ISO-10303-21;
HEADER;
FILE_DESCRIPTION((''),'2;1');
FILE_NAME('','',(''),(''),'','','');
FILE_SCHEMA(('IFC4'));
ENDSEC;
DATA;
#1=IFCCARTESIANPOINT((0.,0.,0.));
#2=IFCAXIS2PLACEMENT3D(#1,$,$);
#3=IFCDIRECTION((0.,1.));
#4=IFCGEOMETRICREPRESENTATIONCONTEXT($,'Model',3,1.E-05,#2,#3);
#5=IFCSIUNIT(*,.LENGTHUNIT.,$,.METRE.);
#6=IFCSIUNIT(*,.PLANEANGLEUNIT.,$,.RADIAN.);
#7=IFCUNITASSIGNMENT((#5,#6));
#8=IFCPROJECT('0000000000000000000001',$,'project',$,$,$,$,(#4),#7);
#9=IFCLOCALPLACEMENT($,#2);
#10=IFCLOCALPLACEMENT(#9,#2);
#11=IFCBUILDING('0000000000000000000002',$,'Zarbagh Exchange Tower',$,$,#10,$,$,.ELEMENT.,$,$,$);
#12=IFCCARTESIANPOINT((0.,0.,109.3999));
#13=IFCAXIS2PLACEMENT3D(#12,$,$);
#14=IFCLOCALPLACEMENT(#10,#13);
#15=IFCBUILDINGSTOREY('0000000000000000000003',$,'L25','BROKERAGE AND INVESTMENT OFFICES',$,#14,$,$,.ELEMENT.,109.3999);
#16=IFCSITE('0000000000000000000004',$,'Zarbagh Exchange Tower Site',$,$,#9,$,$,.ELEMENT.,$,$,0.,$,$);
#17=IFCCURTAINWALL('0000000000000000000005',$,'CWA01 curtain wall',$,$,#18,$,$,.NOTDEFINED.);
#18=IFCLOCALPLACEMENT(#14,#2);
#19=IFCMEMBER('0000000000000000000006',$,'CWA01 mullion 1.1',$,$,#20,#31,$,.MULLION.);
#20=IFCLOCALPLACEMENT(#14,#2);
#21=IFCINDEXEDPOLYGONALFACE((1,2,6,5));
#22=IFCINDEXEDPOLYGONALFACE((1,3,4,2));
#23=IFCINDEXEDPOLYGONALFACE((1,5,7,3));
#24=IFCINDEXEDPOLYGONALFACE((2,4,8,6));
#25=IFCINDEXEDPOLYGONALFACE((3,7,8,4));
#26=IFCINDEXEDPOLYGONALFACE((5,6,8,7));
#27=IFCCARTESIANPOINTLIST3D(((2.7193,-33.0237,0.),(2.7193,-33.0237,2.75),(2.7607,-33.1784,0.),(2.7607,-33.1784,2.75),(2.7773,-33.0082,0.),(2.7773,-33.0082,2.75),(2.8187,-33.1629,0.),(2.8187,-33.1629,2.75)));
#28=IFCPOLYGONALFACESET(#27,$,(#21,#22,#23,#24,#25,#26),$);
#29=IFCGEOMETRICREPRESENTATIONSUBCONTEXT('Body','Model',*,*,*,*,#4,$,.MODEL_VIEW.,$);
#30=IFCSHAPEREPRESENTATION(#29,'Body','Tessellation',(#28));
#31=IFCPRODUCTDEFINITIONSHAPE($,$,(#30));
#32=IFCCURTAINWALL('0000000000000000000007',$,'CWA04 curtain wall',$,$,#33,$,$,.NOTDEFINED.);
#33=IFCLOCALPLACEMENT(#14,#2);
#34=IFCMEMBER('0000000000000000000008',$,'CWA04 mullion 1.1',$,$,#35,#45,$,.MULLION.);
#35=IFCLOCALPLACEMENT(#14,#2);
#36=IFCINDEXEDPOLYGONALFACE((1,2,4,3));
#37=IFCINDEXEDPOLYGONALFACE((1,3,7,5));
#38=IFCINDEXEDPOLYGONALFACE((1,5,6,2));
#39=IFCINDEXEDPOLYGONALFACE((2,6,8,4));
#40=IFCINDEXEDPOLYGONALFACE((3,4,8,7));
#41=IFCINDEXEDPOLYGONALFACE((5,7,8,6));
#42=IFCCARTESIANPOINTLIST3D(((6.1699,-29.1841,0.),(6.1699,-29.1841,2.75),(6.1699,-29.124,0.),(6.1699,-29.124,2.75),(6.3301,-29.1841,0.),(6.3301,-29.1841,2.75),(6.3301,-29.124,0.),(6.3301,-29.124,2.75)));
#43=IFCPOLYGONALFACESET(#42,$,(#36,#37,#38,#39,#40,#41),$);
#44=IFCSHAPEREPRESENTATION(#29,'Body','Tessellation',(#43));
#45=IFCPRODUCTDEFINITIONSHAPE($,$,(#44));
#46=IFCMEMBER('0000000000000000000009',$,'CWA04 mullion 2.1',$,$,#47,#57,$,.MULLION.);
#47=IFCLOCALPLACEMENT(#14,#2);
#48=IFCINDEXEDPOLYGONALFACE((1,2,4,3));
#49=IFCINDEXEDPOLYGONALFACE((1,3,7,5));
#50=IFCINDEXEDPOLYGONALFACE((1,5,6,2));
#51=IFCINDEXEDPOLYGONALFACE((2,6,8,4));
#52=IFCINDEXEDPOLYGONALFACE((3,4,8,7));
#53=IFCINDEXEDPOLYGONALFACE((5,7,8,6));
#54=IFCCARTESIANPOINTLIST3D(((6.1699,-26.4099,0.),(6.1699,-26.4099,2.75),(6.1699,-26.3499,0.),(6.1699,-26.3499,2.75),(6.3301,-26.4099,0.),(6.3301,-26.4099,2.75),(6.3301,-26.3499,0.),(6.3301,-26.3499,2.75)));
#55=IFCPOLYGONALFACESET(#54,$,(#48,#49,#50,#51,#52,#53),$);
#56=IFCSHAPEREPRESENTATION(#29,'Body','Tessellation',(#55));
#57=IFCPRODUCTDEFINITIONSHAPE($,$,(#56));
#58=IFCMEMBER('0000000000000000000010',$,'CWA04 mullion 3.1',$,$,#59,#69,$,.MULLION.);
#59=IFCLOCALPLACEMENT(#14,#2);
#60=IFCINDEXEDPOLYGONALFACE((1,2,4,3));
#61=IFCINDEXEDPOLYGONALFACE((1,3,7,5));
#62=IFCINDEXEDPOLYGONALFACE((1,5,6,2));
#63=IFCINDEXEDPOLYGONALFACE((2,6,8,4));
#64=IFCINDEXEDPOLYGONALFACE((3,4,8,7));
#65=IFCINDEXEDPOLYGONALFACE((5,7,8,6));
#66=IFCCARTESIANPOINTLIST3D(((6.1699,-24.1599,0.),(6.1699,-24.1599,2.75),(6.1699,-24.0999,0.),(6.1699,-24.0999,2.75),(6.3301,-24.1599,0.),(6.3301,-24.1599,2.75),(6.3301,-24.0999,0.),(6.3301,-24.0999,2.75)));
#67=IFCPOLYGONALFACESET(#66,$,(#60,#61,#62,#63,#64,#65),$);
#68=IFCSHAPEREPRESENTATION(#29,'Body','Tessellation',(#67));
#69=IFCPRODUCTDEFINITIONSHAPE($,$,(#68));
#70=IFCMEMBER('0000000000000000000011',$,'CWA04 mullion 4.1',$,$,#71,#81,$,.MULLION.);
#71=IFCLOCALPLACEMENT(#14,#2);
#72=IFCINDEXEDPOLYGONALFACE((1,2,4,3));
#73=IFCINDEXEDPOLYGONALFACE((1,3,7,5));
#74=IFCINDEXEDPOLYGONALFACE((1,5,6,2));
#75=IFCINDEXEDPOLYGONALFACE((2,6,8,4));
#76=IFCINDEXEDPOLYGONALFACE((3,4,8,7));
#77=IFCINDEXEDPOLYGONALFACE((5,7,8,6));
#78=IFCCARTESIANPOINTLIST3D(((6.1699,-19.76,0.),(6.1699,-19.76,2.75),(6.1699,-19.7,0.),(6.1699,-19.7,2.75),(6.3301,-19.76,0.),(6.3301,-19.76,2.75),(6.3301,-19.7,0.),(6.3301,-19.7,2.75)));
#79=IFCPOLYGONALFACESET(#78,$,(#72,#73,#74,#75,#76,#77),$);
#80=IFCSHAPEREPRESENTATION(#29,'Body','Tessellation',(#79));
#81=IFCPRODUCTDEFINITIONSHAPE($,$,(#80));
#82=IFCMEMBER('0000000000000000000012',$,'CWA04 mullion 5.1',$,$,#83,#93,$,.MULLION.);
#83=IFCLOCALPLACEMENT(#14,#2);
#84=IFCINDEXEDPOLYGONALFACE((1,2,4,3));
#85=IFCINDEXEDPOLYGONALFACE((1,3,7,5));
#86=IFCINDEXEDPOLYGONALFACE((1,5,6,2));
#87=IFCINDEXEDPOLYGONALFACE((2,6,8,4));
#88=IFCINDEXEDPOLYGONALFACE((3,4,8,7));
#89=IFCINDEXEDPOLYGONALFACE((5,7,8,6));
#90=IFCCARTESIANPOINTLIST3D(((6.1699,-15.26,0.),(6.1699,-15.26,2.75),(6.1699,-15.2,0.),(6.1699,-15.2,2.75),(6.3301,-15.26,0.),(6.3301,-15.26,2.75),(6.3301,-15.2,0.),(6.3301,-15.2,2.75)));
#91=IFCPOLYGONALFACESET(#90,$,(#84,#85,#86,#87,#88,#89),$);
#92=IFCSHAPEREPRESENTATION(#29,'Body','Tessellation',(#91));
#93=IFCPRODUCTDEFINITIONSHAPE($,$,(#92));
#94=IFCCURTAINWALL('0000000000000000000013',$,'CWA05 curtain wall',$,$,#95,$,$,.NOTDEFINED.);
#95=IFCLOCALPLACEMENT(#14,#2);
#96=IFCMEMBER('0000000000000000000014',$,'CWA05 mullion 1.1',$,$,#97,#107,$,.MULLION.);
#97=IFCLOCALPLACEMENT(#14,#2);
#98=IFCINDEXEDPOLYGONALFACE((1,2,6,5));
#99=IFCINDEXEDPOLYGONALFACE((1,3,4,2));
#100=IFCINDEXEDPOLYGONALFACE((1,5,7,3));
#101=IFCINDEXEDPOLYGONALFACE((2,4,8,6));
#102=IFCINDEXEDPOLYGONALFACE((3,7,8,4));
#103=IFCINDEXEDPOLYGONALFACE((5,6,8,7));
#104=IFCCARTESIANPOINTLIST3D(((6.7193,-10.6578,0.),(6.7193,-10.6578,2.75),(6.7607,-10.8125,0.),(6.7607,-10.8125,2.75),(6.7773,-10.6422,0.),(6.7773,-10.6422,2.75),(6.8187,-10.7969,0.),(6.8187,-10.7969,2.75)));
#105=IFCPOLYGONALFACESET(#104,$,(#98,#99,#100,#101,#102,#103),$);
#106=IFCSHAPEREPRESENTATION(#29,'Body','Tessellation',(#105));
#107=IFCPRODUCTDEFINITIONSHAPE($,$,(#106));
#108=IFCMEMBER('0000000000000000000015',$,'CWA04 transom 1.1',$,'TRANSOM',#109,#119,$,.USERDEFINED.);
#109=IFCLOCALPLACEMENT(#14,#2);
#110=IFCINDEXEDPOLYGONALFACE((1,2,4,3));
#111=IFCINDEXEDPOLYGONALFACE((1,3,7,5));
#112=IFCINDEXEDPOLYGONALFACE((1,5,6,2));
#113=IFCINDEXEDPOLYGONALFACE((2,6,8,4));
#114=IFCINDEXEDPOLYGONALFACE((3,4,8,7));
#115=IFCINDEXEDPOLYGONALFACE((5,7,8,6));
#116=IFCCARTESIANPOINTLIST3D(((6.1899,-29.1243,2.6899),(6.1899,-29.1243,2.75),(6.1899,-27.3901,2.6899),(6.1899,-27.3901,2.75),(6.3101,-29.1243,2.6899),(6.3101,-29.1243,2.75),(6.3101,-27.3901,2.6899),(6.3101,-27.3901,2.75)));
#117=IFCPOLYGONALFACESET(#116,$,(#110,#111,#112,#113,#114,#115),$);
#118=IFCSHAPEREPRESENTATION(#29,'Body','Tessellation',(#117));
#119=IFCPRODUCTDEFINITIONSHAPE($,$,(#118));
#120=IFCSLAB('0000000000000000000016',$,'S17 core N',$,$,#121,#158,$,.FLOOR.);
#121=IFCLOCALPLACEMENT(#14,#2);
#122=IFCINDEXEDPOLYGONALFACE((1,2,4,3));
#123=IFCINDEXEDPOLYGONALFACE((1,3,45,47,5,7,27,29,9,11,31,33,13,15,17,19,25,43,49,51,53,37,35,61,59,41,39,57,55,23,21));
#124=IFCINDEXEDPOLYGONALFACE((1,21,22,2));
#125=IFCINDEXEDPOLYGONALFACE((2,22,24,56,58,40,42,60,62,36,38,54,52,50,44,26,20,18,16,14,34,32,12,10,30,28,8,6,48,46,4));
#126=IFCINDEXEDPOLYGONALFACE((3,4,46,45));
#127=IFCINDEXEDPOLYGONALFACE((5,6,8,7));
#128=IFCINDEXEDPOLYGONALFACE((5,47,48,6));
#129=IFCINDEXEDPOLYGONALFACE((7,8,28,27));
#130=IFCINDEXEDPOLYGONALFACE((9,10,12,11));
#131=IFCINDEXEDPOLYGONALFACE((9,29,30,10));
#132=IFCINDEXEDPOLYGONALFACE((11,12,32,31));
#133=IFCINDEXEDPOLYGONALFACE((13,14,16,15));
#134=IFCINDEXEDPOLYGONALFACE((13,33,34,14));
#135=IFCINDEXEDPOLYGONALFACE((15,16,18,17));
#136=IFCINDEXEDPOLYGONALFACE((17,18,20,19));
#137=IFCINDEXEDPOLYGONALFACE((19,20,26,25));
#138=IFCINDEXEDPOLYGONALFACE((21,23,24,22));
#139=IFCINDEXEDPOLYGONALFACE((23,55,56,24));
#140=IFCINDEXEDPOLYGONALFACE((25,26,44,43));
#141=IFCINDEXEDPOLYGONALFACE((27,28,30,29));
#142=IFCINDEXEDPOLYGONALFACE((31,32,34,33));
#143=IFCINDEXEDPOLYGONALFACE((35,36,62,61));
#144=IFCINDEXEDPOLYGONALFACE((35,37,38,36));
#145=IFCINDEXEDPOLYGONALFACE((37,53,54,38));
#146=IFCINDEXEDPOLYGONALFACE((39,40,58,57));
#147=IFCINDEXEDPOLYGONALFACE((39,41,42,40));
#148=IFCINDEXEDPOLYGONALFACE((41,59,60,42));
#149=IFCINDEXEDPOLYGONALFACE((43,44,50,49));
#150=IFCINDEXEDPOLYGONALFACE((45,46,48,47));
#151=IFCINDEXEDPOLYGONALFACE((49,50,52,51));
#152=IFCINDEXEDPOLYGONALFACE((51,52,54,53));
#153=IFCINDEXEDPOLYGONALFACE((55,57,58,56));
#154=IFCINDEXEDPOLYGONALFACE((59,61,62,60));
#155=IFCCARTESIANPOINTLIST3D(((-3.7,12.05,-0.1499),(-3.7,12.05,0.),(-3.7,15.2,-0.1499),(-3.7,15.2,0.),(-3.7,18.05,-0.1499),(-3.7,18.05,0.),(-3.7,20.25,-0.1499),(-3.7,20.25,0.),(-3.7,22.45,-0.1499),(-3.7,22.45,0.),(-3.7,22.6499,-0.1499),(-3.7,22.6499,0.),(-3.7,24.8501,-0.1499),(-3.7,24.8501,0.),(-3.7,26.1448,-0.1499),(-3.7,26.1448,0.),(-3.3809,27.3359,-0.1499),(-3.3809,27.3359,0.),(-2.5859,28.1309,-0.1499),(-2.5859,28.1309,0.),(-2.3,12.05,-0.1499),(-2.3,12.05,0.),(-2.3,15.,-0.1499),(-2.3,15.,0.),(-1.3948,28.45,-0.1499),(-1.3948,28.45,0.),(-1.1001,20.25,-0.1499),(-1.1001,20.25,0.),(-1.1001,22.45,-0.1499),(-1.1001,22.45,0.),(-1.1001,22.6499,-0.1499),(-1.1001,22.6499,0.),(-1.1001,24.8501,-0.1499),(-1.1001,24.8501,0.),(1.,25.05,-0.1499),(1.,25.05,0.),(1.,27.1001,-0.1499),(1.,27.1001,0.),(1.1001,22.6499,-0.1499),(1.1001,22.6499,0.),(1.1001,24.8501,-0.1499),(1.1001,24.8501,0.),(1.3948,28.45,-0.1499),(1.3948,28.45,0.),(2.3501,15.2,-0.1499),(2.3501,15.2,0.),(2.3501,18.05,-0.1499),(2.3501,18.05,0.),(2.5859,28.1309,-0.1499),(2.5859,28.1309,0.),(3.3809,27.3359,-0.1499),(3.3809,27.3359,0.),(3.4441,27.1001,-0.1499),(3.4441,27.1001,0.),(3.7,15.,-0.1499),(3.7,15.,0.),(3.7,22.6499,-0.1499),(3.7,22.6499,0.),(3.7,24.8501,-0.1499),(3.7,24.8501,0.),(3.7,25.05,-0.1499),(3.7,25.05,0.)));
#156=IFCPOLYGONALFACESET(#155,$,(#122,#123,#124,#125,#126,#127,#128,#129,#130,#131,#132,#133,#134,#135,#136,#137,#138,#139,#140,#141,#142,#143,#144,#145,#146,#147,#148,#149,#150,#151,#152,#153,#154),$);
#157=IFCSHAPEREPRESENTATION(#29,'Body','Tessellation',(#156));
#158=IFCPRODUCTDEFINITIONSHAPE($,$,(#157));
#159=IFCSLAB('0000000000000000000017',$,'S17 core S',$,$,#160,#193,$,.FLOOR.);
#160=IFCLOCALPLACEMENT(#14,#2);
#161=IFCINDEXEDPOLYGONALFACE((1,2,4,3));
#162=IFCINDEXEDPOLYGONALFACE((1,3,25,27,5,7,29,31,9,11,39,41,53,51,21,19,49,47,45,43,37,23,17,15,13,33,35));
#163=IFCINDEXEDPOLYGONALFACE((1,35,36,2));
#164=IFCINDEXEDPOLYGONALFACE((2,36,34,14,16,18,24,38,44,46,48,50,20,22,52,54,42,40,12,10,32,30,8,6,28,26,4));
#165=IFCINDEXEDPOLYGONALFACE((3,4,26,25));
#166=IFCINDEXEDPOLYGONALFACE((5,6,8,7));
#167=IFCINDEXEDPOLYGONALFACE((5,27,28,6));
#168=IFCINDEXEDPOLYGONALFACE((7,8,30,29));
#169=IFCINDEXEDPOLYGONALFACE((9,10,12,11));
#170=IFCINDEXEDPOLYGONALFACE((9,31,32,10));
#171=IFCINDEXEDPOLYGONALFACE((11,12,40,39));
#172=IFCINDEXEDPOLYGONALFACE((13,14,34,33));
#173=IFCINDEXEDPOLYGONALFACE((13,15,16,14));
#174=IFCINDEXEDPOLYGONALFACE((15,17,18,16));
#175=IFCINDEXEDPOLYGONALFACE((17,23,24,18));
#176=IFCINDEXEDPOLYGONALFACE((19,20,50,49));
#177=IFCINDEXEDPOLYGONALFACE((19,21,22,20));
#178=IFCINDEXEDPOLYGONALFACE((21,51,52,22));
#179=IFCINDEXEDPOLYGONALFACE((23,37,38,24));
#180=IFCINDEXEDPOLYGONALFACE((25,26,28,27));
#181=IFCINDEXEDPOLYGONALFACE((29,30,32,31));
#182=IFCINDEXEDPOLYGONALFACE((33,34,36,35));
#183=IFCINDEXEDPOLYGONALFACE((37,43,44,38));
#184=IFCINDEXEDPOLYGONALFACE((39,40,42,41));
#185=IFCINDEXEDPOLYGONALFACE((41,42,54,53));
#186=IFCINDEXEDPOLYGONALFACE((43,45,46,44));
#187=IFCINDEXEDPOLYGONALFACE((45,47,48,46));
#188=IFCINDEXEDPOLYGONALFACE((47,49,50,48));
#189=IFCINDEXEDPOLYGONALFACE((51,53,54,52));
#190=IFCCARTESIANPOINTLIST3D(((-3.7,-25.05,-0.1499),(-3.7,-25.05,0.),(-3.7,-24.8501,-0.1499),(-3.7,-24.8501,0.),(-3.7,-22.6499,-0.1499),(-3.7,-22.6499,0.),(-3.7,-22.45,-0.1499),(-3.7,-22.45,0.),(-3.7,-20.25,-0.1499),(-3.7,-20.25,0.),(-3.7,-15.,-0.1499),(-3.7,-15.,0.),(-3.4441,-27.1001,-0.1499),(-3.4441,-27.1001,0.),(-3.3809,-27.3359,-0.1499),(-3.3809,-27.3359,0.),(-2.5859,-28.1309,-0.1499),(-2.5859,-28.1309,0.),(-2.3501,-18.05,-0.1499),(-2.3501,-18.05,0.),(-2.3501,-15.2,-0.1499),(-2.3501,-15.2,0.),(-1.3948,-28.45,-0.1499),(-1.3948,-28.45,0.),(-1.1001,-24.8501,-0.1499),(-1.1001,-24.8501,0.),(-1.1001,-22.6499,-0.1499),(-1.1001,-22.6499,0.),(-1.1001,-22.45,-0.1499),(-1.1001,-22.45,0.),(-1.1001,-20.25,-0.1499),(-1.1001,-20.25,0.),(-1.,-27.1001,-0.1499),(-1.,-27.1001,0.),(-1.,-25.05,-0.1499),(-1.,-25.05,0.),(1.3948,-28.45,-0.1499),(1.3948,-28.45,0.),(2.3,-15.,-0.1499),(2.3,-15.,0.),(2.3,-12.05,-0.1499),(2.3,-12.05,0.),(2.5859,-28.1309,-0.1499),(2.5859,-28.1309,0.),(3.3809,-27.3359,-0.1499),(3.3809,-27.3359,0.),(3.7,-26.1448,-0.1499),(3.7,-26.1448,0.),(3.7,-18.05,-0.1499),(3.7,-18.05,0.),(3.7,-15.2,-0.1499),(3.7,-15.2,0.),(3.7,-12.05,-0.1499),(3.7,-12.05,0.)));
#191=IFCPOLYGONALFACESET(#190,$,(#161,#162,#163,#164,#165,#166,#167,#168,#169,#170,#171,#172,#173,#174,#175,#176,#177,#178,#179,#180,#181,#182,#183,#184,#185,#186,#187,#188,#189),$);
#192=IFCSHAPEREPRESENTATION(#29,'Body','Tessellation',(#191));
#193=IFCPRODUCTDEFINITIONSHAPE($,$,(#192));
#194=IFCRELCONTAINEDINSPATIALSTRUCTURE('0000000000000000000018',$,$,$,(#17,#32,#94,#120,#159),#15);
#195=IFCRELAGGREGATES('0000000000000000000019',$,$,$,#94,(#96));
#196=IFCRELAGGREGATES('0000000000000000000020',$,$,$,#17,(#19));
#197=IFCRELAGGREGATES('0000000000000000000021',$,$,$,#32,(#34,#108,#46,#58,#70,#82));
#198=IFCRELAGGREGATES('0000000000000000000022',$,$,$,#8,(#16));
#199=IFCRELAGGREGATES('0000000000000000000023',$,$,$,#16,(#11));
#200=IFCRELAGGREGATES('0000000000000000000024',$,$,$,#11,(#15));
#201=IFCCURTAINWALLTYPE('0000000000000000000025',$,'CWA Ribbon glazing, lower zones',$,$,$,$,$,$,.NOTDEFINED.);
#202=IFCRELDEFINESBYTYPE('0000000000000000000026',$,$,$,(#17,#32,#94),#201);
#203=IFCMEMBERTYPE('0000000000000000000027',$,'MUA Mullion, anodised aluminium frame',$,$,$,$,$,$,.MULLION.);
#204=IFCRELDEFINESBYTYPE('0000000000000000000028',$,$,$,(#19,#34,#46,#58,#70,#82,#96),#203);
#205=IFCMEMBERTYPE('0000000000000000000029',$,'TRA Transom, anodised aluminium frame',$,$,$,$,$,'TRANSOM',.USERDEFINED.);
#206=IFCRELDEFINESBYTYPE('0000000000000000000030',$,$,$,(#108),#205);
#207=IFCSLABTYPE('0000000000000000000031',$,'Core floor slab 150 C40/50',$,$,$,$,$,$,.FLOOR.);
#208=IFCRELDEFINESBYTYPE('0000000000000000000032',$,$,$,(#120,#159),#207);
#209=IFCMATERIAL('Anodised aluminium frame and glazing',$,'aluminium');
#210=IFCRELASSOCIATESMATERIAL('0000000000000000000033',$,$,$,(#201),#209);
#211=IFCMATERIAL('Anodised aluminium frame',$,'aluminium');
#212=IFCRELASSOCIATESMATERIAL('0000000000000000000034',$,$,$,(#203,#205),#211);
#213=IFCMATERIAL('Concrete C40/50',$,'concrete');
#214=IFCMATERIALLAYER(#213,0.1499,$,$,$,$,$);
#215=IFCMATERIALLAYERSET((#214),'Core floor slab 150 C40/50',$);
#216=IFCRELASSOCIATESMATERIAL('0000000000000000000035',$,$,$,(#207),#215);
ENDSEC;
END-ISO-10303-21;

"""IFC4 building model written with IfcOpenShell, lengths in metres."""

from ifc_helpers import new_model, si_unit, direction, frame, origin, place, context, subcontext, project, spatial, polyline, outline, extrude, source, transform, mapped, material, layer, layer_set, type_object, element, aggregate, save


model = new_model("IFC4")

# Units and contexts
model_context = context("Model", 3, precision=1e-05, world=origin(), true_north=direction((0.0, 1.0)))
body_context = subcontext(model_context, "Body", "Model", "MODEL_VIEW")
ifc_project = project(units=[si_unit("LENGTHUNIT", "METRE"), si_unit("PLANEANGLEUNIT", "RADIAN")], contexts=[model_context])

# Site, building, storey
site_placement = place(None, origin())
site = spatial("IfcSite", under=ifc_project, at=site_placement, Name="Zarbagh Exchange Tower Site", CompositionType="ELEMENT", RefElevation=0.0)
building_placement = place(site_placement, origin())
building = spatial("IfcBuilding", under=site, at=building_placement, Name="Zarbagh Exchange Tower", CompositionType="ELEMENT")
storey_placement = place(building_placement, frame((0.0, 0.0, 109.3999)))
storey = spatial("IfcBuildingStorey", under=building, at=storey_placement, Name="L25", Description="BROKERAGE AND INVESTMENT OFFICES", CompositionType="ELEMENT", Elevation=109.3999)

# Curtain wall, member
ifc_material_1 = material(Name="Anodised aluminium frame and glazing", Category="aluminium")
curtain_wall_type = type_object("IfcCurtainWallType", Name="CWA Ribbon glazing, lower zones", PredefinedType="NOTDEFINED", material=ifc_material_1)
curtain_wall_1_placement = place(storey_placement, origin())
curtain_wall_1 = element("IfcCurtainWall", 1, at=curtain_wall_1_placement, inside=storey, type_object=curtain_wall_type, Name="CWA01 curtain wall", PredefinedType="NOTDEFINED")
ifc_material_2 = material(Name="Anodised aluminium frame", Category="aluminium")
member_type_1 = type_object("IfcMemberType", Name="MUA Mullion, anodised aluminium frame", PredefinedType="MULLION", material=ifc_material_2)
shared_shape_1 = source(origin(), body_context, "Body", "SweptSolid", [
    extrude(outline(polyline([(0.0, -0.0801), (0.0601, -0.0801), (0.0601, 0.0801), (0.0, 0.0801), (0.0, -0.0801)])), origin(), (0.0, 0.0, 1.0), 2.75),
])
placement = place(storey_placement, origin())
member_1 = element("IfcMember", 2, at=placement, type_object=member_type_1, Name="CWA01 mullion 1.1", PredefinedType="MULLION", context=body_context, shape_type="MappedRepresentation", body=[
    mapped(shared_shape_1, transform((2.74, -33.1011, 0.0), x_axis=(0.965924, 0.258825, 0.0), y_axis=(-0.258825, 0.965924, 0.0), z_axis=(0.0, 0.0, 1.0))),
])

# Curtain wall, members
curtain_wall_2_placement = place(storey_placement, origin())
curtain_wall_2 = element("IfcCurtainWall", 3, at=curtain_wall_2_placement, inside=storey, type_object=curtain_wall_type, Name="CWA04 curtain wall", PredefinedType="NOTDEFINED")
member_2 = element("IfcMember", 4, at=placement, type_object=member_type_1, Name="CWA04 mullion 1.1", PredefinedType="MULLION", context=body_context, shape_type="MappedRepresentation", body=[
    mapped(shared_shape_1, transform((6.25, -29.1841, 0.0), x_axis=(0.0, 1.0, 0.0), y_axis=(-1.0, 0.0, 0.0), z_axis=(0.0, 0.0, 1.0))),
])
member_3 = element("IfcMember", 5, at=placement, type_object=member_type_1, Name="CWA04 mullion 2.1", PredefinedType="MULLION", context=body_context, shape_type="MappedRepresentation", body=[
    mapped(shared_shape_1, transform((6.25, -26.4099, 0.0), x_axis=(0.0, 1.0, 0.0), y_axis=(-1.0, 0.0, 0.0), z_axis=(0.0, 0.0, 1.0))),
])
member_4 = element("IfcMember", 6, at=placement, type_object=member_type_1, Name="CWA04 mullion 3.1", PredefinedType="MULLION", context=body_context, shape_type="MappedRepresentation", body=[
    mapped(shared_shape_1, transform((6.25, -24.1599, 0.0), x_axis=(0.0, 1.0, 0.0), y_axis=(-1.0, 0.0, 0.0), z_axis=(0.0, 0.0, 1.0))),
])
member_5 = element("IfcMember", 7, at=placement, type_object=member_type_1, Name="CWA04 mullion 4.1", PredefinedType="MULLION", context=body_context, shape_type="MappedRepresentation", body=[
    mapped(shared_shape_1, transform((6.25, -19.76, 0.0), x_axis=(0.0, 1.0, 0.0), y_axis=(-1.0, 0.0, 0.0), z_axis=(0.0, 0.0, 1.0))),
])
member_6 = element("IfcMember", 8, at=placement, type_object=member_type_1, Name="CWA04 mullion 5.1", PredefinedType="MULLION", context=body_context, shape_type="MappedRepresentation", body=[
    mapped(shared_shape_1, transform((6.25, -15.26, 0.0), x_axis=(0.0, 1.0, 0.0), y_axis=(-1.0, 0.0, 0.0), z_axis=(0.0, 0.0, 1.0))),
])

# Curtain wall, member
curtain_wall_3_placement = place(storey_placement, origin())
curtain_wall_3 = element("IfcCurtainWall", 9, at=curtain_wall_3_placement, inside=storey, type_object=curtain_wall_type, Name="CWA05 curtain wall", PredefinedType="NOTDEFINED")
member_7 = element("IfcMember", 10, at=placement, type_object=member_type_1, Name="CWA05 mullion 1.1", PredefinedType="MULLION", context=body_context, shape_type="MappedRepresentation", body=[
    mapped(shared_shape_1, transform((6.74, -10.7351, 0.0), x_axis=(0.965924, 0.258825, 0.0), y_axis=(-0.258825, 0.965924, 0.0), z_axis=(0.0, 0.0, 1.0))),
])
aggregate(curtain_wall_3, [member_7])

# Member
member_type_2 = type_object("IfcMemberType", Name="TRA Transom, anodised aluminium frame", ElementType="TRANSOM", PredefinedType="USERDEFINED", material=ifc_material_2)
shared_shape_2 = source(origin(), body_context, "Body", "SweptSolid", [
    extrude(outline(polyline([(-0.0601, -0.0601), (0.0, -0.0601), (0.0, 0.0601), (-0.0601, 0.0601), (-0.0601, -0.0601)])), origin(), (0.0, 0.0, 1.0), 1.7341),
])
member_8 = element("IfcMember", 11, at=placement, type_object=member_type_2, Name="CWA04 transom 1.1", ObjectType="TRANSOM", PredefinedType="USERDEFINED", context=body_context, shape_type="MappedRepresentation", body=[
    mapped(shared_shape_2, transform((6.25, -29.1243, 2.75), x_axis=(0.0, 0.0, 1.0), y_axis=(1.0, 0.0, 0.0), z_axis=(0.0, 1.0, 0.0))),
])

# Slabs
ifc_material_3 = material(Name="Concrete C40/50", Category="concrete")
ifc_layer_1 = layer(ifc_material_3, 0.1499)
ifc_layer_set_1 = layer_set([ifc_layer_1], Name="Core floor slab 150 C40/50")
slab_type = type_object("IfcSlabType", Name="Core floor slab 150 C40/50", PredefinedType="FLOOR", material=ifc_layer_set_1)
slab_1_placement = place(storey_placement, frame((0.0, 0.0, -0.1499)))
element("IfcSlab", 12, at=slab_1_placement, inside=storey, type_object=slab_type, Name="S17 core N", PredefinedType="FLOOR", context=body_context, shape_type="SweptSolid", body=[
    extrude(outline(polyline([(-3.7, 12.05), (-3.7, 15.2), (2.3501, 15.2), (2.3501, 18.05), (-3.7, 18.05), (-3.7, 20.25), (-1.1001, 20.25), (-1.1001, 22.45), (-3.7, 22.45), (-3.7, 22.6499), (-1.1001, 22.6499), (-1.1001, 24.8501), (-3.7, 24.8501), (-3.7, 26.1448), (-3.3809, 27.3359), (-2.5859, 28.1309), (-1.3948, 28.45), (1.3948, 28.45), (2.5859, 28.1309), (3.3809, 27.3359), (3.6465, 26.3447), (3.4441, 27.1001), (1.0, 27.1001), (1.0, 25.05), (3.7, 25.05), (3.7, 24.8501), (1.1001, 24.8501), (1.1001, 22.6499), (3.7, 22.6499), (3.7, 15.0), (-2.3, 15.0), (-2.3, 12.05), (-3.7, 12.05)])), origin(), (0.0, 0.0, 1.0), 0.1499),
])
slab_2_placement = place(storey_placement, frame((0.0, 0.0, -0.1499)))
element("IfcSlab", 13, at=slab_2_placement, inside=storey, type_object=slab_type, Name="S17 core S", PredefinedType="FLOOR", context=body_context, shape_type="SweptSolid", body=[
    extrude(outline(polyline([(-2.5859, -28.1309), (-3.3809, -27.3359), (-3.6465, -26.3447), (-3.4441, -27.1001), (-1.0, -27.1001), (-1.0, -25.05), (-3.7, -25.05), (-3.7, -24.8501), (-1.1001, -24.8501), (-1.1001, -22.6499), (-3.7, -22.6499), (-3.7, -22.45), (-1.1001, -22.45), (-1.1001, -20.25), (-3.7, -20.25), (-3.7, -15.0), (2.3, -15.0), (2.3, -12.05), (3.7, -12.05), (3.7, -15.2), (-2.3501, -15.2), (-2.3501, -18.05), (3.7, -18.05), (3.7, -26.1448), (3.3809, -27.3359), (2.5859, -28.1309), (1.3948, -28.45), (-1.3948, -28.45), (-2.5859, -28.1309)])), origin(), (0.0, 0.0, 1.0), 0.1499),
])

aggregate(curtain_wall_1, [member_1])

aggregate(curtain_wall_2, [member_2, member_8, member_3, member_4, member_5, member_6])

save(model, "model.ifc")
